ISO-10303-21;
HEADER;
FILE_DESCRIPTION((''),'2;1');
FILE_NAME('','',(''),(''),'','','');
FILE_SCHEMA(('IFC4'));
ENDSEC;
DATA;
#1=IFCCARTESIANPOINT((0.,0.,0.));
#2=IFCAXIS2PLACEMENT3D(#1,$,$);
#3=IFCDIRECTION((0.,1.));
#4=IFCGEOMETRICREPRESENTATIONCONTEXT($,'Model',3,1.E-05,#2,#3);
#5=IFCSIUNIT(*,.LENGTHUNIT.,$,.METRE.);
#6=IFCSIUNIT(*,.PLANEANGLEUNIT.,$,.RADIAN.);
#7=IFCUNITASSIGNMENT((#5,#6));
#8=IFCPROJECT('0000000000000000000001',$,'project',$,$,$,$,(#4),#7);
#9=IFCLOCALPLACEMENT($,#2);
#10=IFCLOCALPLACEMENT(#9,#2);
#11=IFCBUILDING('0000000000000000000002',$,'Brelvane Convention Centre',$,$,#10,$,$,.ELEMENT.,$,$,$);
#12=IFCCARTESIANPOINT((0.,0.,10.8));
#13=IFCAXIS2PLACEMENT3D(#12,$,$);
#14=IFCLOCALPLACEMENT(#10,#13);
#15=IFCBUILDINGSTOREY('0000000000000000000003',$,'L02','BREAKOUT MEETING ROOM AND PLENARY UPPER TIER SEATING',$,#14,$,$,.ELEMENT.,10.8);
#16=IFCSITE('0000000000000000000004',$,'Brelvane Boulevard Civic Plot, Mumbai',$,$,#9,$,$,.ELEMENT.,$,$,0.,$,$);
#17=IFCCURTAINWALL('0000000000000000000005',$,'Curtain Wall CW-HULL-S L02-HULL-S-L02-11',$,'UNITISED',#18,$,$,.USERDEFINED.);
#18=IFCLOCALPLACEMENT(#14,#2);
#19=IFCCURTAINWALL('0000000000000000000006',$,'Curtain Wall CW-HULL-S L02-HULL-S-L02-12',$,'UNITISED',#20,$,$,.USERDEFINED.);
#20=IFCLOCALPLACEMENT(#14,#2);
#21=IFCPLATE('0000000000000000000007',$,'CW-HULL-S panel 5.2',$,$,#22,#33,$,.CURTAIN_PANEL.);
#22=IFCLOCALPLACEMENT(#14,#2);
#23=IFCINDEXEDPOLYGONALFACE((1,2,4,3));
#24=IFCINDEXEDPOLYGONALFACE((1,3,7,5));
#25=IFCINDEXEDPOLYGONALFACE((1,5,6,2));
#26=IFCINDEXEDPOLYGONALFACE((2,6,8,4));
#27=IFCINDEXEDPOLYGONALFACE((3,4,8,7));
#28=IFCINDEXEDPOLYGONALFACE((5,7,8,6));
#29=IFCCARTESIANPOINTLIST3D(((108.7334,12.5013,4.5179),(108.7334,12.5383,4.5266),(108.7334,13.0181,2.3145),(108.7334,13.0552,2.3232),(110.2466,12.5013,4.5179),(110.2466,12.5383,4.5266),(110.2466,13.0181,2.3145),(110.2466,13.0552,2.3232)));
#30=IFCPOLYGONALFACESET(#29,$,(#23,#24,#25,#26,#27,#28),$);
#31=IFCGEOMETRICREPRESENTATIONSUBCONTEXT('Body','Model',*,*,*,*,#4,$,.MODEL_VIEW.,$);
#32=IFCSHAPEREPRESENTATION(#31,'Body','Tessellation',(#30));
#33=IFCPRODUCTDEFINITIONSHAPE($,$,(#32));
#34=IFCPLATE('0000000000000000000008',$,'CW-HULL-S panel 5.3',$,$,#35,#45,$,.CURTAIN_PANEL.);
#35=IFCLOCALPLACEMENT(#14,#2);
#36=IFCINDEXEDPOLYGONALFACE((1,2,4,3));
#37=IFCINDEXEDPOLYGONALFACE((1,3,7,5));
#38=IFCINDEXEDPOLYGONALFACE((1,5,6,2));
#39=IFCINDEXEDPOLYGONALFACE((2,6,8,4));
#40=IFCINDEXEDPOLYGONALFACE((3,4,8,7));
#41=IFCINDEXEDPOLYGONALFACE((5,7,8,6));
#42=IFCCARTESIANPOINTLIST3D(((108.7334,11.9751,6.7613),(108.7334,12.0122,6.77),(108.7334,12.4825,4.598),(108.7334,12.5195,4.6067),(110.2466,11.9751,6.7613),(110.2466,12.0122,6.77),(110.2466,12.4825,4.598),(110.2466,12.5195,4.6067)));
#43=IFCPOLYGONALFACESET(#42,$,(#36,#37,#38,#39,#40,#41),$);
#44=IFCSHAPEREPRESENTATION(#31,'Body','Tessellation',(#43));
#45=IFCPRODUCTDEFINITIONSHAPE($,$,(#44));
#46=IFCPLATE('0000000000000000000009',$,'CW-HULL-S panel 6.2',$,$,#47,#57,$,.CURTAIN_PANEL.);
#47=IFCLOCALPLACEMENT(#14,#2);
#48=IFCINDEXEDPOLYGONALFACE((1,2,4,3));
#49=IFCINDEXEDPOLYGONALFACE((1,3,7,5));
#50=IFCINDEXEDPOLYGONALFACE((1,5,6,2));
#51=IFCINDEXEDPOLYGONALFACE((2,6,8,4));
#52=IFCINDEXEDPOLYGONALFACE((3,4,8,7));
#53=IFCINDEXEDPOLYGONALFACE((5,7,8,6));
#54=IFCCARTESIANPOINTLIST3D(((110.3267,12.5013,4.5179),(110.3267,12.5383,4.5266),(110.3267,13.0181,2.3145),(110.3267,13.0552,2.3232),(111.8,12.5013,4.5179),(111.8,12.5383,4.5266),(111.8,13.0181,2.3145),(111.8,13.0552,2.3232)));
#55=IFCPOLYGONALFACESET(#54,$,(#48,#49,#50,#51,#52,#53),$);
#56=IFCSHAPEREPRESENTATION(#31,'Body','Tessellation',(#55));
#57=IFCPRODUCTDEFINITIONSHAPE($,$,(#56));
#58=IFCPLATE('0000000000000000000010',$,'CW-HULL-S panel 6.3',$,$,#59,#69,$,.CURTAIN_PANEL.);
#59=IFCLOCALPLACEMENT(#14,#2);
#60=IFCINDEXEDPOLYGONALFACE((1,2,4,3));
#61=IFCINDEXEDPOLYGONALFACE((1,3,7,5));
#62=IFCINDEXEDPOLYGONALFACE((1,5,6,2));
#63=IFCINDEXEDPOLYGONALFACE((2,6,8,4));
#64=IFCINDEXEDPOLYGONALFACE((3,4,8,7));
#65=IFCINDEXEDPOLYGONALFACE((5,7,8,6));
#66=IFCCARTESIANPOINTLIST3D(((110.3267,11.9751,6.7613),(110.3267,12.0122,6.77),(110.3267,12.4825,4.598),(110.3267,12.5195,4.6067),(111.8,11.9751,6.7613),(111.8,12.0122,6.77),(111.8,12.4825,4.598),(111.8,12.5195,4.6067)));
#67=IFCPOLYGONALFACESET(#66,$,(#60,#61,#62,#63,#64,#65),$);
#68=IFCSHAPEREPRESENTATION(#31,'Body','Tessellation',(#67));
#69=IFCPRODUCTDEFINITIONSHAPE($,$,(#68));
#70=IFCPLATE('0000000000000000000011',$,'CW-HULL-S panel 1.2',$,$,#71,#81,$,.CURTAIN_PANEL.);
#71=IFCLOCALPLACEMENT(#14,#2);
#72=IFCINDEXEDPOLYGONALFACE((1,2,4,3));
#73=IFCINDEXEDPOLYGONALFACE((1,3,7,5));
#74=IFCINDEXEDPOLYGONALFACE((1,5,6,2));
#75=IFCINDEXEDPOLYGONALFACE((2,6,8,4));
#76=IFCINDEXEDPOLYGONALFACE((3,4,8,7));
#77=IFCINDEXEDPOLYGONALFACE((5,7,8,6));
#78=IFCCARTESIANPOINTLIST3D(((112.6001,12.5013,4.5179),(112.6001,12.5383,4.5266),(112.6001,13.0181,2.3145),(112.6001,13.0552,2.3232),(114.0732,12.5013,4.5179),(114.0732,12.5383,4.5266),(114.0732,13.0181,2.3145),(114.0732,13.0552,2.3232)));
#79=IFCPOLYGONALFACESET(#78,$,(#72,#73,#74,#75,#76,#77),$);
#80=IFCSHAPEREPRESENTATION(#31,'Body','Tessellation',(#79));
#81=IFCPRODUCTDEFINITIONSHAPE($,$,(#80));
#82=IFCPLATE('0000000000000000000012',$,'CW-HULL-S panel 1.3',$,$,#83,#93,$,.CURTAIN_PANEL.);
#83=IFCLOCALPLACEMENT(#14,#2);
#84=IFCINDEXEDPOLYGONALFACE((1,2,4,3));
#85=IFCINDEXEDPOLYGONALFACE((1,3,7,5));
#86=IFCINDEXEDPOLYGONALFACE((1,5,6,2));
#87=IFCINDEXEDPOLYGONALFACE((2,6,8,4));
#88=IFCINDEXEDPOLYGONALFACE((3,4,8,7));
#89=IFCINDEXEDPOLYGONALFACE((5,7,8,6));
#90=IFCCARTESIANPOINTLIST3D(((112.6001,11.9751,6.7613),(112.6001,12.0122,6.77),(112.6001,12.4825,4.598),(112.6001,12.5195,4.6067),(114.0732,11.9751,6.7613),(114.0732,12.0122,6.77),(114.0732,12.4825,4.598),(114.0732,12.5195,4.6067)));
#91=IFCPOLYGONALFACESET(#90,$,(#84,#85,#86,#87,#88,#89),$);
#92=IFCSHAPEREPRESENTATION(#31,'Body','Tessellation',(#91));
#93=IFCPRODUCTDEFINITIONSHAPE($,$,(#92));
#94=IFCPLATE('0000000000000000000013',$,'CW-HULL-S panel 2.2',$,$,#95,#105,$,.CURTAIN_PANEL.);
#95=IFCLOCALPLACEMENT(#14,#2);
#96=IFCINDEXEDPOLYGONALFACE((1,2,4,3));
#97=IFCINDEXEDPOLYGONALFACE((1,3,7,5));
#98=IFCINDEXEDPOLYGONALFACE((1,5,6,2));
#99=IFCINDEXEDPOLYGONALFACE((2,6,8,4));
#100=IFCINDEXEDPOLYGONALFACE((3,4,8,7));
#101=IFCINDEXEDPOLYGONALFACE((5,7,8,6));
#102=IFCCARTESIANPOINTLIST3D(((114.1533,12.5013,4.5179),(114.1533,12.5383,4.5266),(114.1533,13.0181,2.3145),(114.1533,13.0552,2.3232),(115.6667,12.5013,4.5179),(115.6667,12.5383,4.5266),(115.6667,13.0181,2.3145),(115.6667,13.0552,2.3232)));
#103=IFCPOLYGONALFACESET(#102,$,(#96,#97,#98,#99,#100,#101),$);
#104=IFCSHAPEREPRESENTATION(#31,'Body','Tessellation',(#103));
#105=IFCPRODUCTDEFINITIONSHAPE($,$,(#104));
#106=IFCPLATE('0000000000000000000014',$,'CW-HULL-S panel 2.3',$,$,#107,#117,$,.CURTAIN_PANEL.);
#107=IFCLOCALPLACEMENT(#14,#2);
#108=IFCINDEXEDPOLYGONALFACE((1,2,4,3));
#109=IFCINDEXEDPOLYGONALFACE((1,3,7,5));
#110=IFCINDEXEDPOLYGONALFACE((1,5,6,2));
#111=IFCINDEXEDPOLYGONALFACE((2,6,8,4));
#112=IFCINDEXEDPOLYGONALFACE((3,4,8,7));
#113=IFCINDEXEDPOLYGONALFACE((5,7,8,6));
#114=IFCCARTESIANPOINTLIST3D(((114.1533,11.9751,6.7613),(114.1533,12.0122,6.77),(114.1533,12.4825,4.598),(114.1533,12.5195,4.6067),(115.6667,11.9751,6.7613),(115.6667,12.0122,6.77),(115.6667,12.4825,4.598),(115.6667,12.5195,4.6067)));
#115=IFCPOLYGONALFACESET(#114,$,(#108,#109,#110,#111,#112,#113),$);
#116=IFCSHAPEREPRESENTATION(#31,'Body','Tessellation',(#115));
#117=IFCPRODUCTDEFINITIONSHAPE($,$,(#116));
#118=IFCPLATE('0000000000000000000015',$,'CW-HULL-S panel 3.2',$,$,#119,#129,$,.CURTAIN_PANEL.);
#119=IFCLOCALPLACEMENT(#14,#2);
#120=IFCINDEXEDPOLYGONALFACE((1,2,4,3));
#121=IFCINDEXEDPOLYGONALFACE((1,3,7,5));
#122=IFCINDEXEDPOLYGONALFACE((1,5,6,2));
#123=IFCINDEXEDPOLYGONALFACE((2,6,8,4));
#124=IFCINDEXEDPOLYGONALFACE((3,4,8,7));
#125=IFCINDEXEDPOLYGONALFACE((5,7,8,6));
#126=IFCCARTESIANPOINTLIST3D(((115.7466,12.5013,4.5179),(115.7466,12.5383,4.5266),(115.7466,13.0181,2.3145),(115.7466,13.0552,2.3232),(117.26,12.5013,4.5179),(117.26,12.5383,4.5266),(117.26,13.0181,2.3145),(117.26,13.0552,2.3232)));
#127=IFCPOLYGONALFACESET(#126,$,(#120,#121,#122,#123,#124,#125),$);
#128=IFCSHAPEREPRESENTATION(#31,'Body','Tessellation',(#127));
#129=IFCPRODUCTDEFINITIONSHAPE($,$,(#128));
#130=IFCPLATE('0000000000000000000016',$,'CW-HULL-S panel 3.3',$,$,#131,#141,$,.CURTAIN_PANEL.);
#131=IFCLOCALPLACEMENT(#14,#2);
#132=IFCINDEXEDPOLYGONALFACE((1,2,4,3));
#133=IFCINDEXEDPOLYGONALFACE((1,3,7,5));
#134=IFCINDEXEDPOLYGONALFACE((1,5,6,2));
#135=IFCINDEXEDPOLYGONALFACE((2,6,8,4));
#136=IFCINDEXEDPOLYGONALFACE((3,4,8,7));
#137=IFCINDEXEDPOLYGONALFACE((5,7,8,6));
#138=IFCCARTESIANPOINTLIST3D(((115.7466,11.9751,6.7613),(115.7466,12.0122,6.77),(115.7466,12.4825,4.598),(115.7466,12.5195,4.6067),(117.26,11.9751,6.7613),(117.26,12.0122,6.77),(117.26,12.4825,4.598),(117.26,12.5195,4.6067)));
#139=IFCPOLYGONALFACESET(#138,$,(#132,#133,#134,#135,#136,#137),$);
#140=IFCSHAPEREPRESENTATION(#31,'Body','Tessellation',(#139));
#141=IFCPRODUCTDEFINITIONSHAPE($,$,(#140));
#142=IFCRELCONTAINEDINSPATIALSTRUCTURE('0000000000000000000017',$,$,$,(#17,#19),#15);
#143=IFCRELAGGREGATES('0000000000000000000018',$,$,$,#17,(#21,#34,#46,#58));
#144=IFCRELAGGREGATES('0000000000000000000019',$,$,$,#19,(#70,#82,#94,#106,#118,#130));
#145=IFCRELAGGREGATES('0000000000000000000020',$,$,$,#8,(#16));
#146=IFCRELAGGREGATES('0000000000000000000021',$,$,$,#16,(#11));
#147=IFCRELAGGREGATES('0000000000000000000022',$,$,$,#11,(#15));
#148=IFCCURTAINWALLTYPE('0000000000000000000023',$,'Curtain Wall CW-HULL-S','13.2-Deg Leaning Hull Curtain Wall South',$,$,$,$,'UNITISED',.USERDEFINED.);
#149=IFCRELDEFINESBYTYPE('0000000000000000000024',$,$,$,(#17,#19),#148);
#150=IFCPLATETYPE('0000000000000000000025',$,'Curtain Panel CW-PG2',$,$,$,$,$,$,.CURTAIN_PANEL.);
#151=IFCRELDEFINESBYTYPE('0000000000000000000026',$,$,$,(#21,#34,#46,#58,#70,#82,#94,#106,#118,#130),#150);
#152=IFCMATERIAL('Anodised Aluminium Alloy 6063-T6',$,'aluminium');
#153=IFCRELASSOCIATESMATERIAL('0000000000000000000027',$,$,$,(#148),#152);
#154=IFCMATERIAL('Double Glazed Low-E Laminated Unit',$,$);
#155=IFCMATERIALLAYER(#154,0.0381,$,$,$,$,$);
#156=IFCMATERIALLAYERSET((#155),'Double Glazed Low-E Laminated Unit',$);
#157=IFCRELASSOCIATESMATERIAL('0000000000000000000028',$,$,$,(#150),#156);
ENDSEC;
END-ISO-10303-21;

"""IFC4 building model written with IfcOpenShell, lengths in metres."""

from ifc_helpers import new_model, si_unit, direction, frame, origin, place, context, subcontext, project, spatial, polyline, outline, extrude, material, layer, layer_set, type_object, element, aggregate, save


model = new_model("IFC4")

# Units and contexts
model_context = context("Model", 3, precision=1e-05, world=origin(), true_north=direction((0.0, 1.0)))
body_context = subcontext(model_context, "Body", "Model", "MODEL_VIEW")
ifc_project = project(units=[si_unit("LENGTHUNIT", "METRE"), si_unit("PLANEANGLEUNIT", "RADIAN")], contexts=[model_context])

# Site, building, storey
site_placement = place(None, origin())
site = spatial("IfcSite", under=ifc_project, at=site_placement, Name="Brelvane Boulevard Civic Plot, Mumbai", CompositionType="ELEMENT", RefElevation=0.0)
building_placement = place(site_placement, origin())
building = spatial("IfcBuilding", under=site, at=building_placement, Name="Brelvane Convention Centre", CompositionType="ELEMENT")
storey_placement = place(building_placement, frame((0.0, 0.0, 10.8)))
storey = spatial("IfcBuildingStorey", under=building, at=storey_placement, Name="L02", Description="BREAKOUT MEETING ROOM AND PLENARY UPPER TIER SEATING", CompositionType="ELEMENT", Elevation=10.8)

# Curtain walls
ifc_material_1 = material(Name="Anodised Aluminium Alloy 6063-T6", Category="aluminium")
curtain_wall_type = type_object("IfcCurtainWallType", Name="Curtain Wall CW-HULL-S", Description="13.2-Deg Leaning Hull Curtain Wall South", ElementType="UNITISED", PredefinedType="USERDEFINED", material=ifc_material_1)
curtain_wall_1_placement = place(storey_placement, origin())
curtain_wall_1 = element("IfcCurtainWall", 1, at=curtain_wall_1_placement, inside=storey, type_object=curtain_wall_type, Name="Curtain Wall CW-HULL-S L02-HULL-S-L02-11", ObjectType="UNITISED", PredefinedType="USERDEFINED")
curtain_wall_2_placement = place(storey_placement, origin())
curtain_wall_2 = element("IfcCurtainWall", 2, at=curtain_wall_2_placement, inside=storey, type_object=curtain_wall_type, Name="Curtain Wall CW-HULL-S L02-HULL-S-L02-12", ObjectType="UNITISED", PredefinedType="USERDEFINED")

# Plates
ifc_material_2 = material(Name="Double Glazed Low-E Laminated Unit")
ifc_layer = layer(ifc_material_2, 0.0381)
ifc_layer_set = layer_set([ifc_layer], Name="Double Glazed Low-E Laminated Unit")
plate_type = type_object("IfcPlateType", Name="Curtain Panel CW-PG2", PredefinedType="CURTAIN_PANEL", material=ifc_layer_set)
plate_1_placement = place(storey_placement, frame((108.7334, 13.0552, 2.3232), z_axis=(0.0, 0.973574, 0.228372), x_axis=(1.0, 0.0, 0.0)))
plate_1 = element("IfcPlate", 3, at=plate_1_placement, type_object=plate_type, Name="CW-HULL-S panel 5.2", PredefinedType="CURTAIN_PANEL", context=body_context, shape_type="SweptSolid", body=[
    extrude(outline(polyline([(0.0, 0.0), (1.5132, 0.0), (1.5132, -2.2632), (0.0, -2.2632), (0.0, 0.0)])), origin(), (0.0, 0.0, -1.0), 0.0381),
])
plate_2_placement = place(storey_placement, frame((108.7334, 12.5195, 4.6067), z_axis=(0.0, 0.973587, 0.228317), x_axis=(1.0, 0.0, 0.0)))
plate_2 = element("IfcPlate", 4, at=plate_2_placement, type_object=plate_type, Name="CW-HULL-S panel 5.3", PredefinedType="CURTAIN_PANEL", context=body_context, shape_type="SweptSolid", body=[
    extrude(outline(polyline([(0.0, 0.0), (1.5132, 0.0), (1.5132, -2.222), (0.0, -2.222), (0.0, 0.0)])), origin(), (0.0, 0.0, -1.0), 0.0381),
])
plate_3_placement = place(storey_placement, frame((110.3267, 13.0552, 2.3232), z_axis=(0.0, 0.973574, 0.228372), x_axis=(1.0, 0.0, 0.0)))
plate_3 = element("IfcPlate", 5, at=plate_3_placement, type_object=plate_type, Name="CW-HULL-S panel 6.2", PredefinedType="CURTAIN_PANEL", context=body_context, shape_type="SweptSolid", body=[
    extrude(outline(polyline([(0.0, 0.0), (1.4734, 0.0), (1.4734, -2.2632), (0.0, -2.2632), (0.0, 0.0)])), origin(), (0.0, 0.0, -1.0), 0.0381),
])
plate_4_placement = place(storey_placement, frame((110.3267, 12.5195, 4.6067), z_axis=(0.0, 0.973587, 0.228317), x_axis=(1.0, 0.0, 0.0)))
plate_4 = element("IfcPlate", 6, at=plate_4_placement, type_object=plate_type, Name="CW-HULL-S panel 6.3", PredefinedType="CURTAIN_PANEL", context=body_context, shape_type="SweptSolid", body=[
    extrude(outline(polyline([(0.0, 0.0), (1.4734, 0.0), (1.4734, -2.222), (0.0, -2.222), (0.0, 0.0)])), origin(), (0.0, 0.0, -1.0), 0.0381),
])
aggregate(curtain_wall_1, [plate_1, plate_2, plate_3, plate_4])
plate_5_placement = place(storey_placement, frame((112.6001, 13.0552, 2.3232), z_axis=(0.0, 0.973574, 0.228372), x_axis=(1.0, 0.0, 0.0)))
plate_5 = element("IfcPlate", 7, at=plate_5_placement, type_object=plate_type, Name="CW-HULL-S panel 1.2", PredefinedType="CURTAIN_PANEL", context=body_context, shape_type="SweptSolid", body=[
    extrude(outline(polyline([(0.0, 0.0), (1.4731, 0.0), (1.4731, -2.2632), (0.0, -2.2632), (0.0, 0.0)])), origin(), (0.0, 0.0, -1.0), 0.0381),
])
plate_6_placement = place(storey_placement, frame((112.6001, 12.5195, 4.6067), z_axis=(0.0, 0.973587, 0.228317), x_axis=(1.0, 0.0, 0.0)))
plate_6 = element("IfcPlate", 8, at=plate_6_placement, type_object=plate_type, Name="CW-HULL-S panel 1.3", PredefinedType="CURTAIN_PANEL", context=body_context, shape_type="SweptSolid", body=[
    extrude(outline(polyline([(0.0, 0.0), (1.4731, 0.0), (1.4731, -2.222), (0.0, -2.222), (0.0, 0.0)])), origin(), (0.0, 0.0, -1.0), 0.0381),
])
plate_7_placement = place(storey_placement, frame((114.1533, 13.0552, 2.3232), z_axis=(0.0, 0.973574, 0.228372), x_axis=(1.0, 0.0, 0.0)))
plate_7 = element("IfcPlate", 9, at=plate_7_placement, type_object=plate_type, Name="CW-HULL-S panel 2.2", PredefinedType="CURTAIN_PANEL", context=body_context, shape_type="SweptSolid", body=[
    extrude(outline(polyline([(0.0, 0.0), (1.5134, 0.0), (1.5134, -2.2632), (0.0, -2.2632), (0.0, 0.0)])), origin(), (0.0, 0.0, -1.0), 0.0381),
])
plate_8_placement = place(storey_placement, frame((114.1533, 12.5195, 4.6067), z_axis=(0.0, 0.973587, 0.228317), x_axis=(1.0, 0.0, 0.0)))
plate_8 = element("IfcPlate", 10, at=plate_8_placement, type_object=plate_type, Name="CW-HULL-S panel 2.3", PredefinedType="CURTAIN_PANEL", context=body_context, shape_type="SweptSolid", body=[
    extrude(outline(polyline([(0.0, 0.0), (1.5134, 0.0), (1.5134, -2.222), (0.0, -2.222), (0.0, 0.0)])), origin(), (0.0, 0.0, -1.0), 0.0381),
])
plate_9_placement = place(storey_placement, frame((115.7466, 13.0552, 2.3232), z_axis=(0.0, 0.973574, 0.228372), x_axis=(1.0, 0.0, 0.0)))
plate_9 = element("IfcPlate", 11, at=plate_9_placement, type_object=plate_type, Name="CW-HULL-S panel 3.2", PredefinedType="CURTAIN_PANEL", context=body_context, shape_type="SweptSolid", body=[
    extrude(outline(polyline([(0.0, 0.0), (1.5134, 0.0), (1.5134, -2.2632), (0.0, -2.2632), (0.0, 0.0)])), origin(), (0.0, 0.0, -1.0), 0.0381),
])
plate_10_placement = place(storey_placement, frame((115.7466, 12.5195, 4.6067), z_axis=(0.0, 0.973587, 0.228317), x_axis=(1.0, 0.0, 0.0)))
plate_10 = element("IfcPlate", 12, at=plate_10_placement, type_object=plate_type, Name="CW-HULL-S panel 3.3", PredefinedType="CURTAIN_PANEL", context=body_context, shape_type="SweptSolid", body=[
    extrude(outline(polyline([(0.0, 0.0), (1.5134, 0.0), (1.5134, -2.222), (0.0, -2.222), (0.0, 0.0)])), origin(), (0.0, 0.0, -1.0), 0.0381),
])
aggregate(curtain_wall_2, [plate_5, plate_6, plate_7, plate_8, plate_9, plate_10])

save(model, "model.ifc")
